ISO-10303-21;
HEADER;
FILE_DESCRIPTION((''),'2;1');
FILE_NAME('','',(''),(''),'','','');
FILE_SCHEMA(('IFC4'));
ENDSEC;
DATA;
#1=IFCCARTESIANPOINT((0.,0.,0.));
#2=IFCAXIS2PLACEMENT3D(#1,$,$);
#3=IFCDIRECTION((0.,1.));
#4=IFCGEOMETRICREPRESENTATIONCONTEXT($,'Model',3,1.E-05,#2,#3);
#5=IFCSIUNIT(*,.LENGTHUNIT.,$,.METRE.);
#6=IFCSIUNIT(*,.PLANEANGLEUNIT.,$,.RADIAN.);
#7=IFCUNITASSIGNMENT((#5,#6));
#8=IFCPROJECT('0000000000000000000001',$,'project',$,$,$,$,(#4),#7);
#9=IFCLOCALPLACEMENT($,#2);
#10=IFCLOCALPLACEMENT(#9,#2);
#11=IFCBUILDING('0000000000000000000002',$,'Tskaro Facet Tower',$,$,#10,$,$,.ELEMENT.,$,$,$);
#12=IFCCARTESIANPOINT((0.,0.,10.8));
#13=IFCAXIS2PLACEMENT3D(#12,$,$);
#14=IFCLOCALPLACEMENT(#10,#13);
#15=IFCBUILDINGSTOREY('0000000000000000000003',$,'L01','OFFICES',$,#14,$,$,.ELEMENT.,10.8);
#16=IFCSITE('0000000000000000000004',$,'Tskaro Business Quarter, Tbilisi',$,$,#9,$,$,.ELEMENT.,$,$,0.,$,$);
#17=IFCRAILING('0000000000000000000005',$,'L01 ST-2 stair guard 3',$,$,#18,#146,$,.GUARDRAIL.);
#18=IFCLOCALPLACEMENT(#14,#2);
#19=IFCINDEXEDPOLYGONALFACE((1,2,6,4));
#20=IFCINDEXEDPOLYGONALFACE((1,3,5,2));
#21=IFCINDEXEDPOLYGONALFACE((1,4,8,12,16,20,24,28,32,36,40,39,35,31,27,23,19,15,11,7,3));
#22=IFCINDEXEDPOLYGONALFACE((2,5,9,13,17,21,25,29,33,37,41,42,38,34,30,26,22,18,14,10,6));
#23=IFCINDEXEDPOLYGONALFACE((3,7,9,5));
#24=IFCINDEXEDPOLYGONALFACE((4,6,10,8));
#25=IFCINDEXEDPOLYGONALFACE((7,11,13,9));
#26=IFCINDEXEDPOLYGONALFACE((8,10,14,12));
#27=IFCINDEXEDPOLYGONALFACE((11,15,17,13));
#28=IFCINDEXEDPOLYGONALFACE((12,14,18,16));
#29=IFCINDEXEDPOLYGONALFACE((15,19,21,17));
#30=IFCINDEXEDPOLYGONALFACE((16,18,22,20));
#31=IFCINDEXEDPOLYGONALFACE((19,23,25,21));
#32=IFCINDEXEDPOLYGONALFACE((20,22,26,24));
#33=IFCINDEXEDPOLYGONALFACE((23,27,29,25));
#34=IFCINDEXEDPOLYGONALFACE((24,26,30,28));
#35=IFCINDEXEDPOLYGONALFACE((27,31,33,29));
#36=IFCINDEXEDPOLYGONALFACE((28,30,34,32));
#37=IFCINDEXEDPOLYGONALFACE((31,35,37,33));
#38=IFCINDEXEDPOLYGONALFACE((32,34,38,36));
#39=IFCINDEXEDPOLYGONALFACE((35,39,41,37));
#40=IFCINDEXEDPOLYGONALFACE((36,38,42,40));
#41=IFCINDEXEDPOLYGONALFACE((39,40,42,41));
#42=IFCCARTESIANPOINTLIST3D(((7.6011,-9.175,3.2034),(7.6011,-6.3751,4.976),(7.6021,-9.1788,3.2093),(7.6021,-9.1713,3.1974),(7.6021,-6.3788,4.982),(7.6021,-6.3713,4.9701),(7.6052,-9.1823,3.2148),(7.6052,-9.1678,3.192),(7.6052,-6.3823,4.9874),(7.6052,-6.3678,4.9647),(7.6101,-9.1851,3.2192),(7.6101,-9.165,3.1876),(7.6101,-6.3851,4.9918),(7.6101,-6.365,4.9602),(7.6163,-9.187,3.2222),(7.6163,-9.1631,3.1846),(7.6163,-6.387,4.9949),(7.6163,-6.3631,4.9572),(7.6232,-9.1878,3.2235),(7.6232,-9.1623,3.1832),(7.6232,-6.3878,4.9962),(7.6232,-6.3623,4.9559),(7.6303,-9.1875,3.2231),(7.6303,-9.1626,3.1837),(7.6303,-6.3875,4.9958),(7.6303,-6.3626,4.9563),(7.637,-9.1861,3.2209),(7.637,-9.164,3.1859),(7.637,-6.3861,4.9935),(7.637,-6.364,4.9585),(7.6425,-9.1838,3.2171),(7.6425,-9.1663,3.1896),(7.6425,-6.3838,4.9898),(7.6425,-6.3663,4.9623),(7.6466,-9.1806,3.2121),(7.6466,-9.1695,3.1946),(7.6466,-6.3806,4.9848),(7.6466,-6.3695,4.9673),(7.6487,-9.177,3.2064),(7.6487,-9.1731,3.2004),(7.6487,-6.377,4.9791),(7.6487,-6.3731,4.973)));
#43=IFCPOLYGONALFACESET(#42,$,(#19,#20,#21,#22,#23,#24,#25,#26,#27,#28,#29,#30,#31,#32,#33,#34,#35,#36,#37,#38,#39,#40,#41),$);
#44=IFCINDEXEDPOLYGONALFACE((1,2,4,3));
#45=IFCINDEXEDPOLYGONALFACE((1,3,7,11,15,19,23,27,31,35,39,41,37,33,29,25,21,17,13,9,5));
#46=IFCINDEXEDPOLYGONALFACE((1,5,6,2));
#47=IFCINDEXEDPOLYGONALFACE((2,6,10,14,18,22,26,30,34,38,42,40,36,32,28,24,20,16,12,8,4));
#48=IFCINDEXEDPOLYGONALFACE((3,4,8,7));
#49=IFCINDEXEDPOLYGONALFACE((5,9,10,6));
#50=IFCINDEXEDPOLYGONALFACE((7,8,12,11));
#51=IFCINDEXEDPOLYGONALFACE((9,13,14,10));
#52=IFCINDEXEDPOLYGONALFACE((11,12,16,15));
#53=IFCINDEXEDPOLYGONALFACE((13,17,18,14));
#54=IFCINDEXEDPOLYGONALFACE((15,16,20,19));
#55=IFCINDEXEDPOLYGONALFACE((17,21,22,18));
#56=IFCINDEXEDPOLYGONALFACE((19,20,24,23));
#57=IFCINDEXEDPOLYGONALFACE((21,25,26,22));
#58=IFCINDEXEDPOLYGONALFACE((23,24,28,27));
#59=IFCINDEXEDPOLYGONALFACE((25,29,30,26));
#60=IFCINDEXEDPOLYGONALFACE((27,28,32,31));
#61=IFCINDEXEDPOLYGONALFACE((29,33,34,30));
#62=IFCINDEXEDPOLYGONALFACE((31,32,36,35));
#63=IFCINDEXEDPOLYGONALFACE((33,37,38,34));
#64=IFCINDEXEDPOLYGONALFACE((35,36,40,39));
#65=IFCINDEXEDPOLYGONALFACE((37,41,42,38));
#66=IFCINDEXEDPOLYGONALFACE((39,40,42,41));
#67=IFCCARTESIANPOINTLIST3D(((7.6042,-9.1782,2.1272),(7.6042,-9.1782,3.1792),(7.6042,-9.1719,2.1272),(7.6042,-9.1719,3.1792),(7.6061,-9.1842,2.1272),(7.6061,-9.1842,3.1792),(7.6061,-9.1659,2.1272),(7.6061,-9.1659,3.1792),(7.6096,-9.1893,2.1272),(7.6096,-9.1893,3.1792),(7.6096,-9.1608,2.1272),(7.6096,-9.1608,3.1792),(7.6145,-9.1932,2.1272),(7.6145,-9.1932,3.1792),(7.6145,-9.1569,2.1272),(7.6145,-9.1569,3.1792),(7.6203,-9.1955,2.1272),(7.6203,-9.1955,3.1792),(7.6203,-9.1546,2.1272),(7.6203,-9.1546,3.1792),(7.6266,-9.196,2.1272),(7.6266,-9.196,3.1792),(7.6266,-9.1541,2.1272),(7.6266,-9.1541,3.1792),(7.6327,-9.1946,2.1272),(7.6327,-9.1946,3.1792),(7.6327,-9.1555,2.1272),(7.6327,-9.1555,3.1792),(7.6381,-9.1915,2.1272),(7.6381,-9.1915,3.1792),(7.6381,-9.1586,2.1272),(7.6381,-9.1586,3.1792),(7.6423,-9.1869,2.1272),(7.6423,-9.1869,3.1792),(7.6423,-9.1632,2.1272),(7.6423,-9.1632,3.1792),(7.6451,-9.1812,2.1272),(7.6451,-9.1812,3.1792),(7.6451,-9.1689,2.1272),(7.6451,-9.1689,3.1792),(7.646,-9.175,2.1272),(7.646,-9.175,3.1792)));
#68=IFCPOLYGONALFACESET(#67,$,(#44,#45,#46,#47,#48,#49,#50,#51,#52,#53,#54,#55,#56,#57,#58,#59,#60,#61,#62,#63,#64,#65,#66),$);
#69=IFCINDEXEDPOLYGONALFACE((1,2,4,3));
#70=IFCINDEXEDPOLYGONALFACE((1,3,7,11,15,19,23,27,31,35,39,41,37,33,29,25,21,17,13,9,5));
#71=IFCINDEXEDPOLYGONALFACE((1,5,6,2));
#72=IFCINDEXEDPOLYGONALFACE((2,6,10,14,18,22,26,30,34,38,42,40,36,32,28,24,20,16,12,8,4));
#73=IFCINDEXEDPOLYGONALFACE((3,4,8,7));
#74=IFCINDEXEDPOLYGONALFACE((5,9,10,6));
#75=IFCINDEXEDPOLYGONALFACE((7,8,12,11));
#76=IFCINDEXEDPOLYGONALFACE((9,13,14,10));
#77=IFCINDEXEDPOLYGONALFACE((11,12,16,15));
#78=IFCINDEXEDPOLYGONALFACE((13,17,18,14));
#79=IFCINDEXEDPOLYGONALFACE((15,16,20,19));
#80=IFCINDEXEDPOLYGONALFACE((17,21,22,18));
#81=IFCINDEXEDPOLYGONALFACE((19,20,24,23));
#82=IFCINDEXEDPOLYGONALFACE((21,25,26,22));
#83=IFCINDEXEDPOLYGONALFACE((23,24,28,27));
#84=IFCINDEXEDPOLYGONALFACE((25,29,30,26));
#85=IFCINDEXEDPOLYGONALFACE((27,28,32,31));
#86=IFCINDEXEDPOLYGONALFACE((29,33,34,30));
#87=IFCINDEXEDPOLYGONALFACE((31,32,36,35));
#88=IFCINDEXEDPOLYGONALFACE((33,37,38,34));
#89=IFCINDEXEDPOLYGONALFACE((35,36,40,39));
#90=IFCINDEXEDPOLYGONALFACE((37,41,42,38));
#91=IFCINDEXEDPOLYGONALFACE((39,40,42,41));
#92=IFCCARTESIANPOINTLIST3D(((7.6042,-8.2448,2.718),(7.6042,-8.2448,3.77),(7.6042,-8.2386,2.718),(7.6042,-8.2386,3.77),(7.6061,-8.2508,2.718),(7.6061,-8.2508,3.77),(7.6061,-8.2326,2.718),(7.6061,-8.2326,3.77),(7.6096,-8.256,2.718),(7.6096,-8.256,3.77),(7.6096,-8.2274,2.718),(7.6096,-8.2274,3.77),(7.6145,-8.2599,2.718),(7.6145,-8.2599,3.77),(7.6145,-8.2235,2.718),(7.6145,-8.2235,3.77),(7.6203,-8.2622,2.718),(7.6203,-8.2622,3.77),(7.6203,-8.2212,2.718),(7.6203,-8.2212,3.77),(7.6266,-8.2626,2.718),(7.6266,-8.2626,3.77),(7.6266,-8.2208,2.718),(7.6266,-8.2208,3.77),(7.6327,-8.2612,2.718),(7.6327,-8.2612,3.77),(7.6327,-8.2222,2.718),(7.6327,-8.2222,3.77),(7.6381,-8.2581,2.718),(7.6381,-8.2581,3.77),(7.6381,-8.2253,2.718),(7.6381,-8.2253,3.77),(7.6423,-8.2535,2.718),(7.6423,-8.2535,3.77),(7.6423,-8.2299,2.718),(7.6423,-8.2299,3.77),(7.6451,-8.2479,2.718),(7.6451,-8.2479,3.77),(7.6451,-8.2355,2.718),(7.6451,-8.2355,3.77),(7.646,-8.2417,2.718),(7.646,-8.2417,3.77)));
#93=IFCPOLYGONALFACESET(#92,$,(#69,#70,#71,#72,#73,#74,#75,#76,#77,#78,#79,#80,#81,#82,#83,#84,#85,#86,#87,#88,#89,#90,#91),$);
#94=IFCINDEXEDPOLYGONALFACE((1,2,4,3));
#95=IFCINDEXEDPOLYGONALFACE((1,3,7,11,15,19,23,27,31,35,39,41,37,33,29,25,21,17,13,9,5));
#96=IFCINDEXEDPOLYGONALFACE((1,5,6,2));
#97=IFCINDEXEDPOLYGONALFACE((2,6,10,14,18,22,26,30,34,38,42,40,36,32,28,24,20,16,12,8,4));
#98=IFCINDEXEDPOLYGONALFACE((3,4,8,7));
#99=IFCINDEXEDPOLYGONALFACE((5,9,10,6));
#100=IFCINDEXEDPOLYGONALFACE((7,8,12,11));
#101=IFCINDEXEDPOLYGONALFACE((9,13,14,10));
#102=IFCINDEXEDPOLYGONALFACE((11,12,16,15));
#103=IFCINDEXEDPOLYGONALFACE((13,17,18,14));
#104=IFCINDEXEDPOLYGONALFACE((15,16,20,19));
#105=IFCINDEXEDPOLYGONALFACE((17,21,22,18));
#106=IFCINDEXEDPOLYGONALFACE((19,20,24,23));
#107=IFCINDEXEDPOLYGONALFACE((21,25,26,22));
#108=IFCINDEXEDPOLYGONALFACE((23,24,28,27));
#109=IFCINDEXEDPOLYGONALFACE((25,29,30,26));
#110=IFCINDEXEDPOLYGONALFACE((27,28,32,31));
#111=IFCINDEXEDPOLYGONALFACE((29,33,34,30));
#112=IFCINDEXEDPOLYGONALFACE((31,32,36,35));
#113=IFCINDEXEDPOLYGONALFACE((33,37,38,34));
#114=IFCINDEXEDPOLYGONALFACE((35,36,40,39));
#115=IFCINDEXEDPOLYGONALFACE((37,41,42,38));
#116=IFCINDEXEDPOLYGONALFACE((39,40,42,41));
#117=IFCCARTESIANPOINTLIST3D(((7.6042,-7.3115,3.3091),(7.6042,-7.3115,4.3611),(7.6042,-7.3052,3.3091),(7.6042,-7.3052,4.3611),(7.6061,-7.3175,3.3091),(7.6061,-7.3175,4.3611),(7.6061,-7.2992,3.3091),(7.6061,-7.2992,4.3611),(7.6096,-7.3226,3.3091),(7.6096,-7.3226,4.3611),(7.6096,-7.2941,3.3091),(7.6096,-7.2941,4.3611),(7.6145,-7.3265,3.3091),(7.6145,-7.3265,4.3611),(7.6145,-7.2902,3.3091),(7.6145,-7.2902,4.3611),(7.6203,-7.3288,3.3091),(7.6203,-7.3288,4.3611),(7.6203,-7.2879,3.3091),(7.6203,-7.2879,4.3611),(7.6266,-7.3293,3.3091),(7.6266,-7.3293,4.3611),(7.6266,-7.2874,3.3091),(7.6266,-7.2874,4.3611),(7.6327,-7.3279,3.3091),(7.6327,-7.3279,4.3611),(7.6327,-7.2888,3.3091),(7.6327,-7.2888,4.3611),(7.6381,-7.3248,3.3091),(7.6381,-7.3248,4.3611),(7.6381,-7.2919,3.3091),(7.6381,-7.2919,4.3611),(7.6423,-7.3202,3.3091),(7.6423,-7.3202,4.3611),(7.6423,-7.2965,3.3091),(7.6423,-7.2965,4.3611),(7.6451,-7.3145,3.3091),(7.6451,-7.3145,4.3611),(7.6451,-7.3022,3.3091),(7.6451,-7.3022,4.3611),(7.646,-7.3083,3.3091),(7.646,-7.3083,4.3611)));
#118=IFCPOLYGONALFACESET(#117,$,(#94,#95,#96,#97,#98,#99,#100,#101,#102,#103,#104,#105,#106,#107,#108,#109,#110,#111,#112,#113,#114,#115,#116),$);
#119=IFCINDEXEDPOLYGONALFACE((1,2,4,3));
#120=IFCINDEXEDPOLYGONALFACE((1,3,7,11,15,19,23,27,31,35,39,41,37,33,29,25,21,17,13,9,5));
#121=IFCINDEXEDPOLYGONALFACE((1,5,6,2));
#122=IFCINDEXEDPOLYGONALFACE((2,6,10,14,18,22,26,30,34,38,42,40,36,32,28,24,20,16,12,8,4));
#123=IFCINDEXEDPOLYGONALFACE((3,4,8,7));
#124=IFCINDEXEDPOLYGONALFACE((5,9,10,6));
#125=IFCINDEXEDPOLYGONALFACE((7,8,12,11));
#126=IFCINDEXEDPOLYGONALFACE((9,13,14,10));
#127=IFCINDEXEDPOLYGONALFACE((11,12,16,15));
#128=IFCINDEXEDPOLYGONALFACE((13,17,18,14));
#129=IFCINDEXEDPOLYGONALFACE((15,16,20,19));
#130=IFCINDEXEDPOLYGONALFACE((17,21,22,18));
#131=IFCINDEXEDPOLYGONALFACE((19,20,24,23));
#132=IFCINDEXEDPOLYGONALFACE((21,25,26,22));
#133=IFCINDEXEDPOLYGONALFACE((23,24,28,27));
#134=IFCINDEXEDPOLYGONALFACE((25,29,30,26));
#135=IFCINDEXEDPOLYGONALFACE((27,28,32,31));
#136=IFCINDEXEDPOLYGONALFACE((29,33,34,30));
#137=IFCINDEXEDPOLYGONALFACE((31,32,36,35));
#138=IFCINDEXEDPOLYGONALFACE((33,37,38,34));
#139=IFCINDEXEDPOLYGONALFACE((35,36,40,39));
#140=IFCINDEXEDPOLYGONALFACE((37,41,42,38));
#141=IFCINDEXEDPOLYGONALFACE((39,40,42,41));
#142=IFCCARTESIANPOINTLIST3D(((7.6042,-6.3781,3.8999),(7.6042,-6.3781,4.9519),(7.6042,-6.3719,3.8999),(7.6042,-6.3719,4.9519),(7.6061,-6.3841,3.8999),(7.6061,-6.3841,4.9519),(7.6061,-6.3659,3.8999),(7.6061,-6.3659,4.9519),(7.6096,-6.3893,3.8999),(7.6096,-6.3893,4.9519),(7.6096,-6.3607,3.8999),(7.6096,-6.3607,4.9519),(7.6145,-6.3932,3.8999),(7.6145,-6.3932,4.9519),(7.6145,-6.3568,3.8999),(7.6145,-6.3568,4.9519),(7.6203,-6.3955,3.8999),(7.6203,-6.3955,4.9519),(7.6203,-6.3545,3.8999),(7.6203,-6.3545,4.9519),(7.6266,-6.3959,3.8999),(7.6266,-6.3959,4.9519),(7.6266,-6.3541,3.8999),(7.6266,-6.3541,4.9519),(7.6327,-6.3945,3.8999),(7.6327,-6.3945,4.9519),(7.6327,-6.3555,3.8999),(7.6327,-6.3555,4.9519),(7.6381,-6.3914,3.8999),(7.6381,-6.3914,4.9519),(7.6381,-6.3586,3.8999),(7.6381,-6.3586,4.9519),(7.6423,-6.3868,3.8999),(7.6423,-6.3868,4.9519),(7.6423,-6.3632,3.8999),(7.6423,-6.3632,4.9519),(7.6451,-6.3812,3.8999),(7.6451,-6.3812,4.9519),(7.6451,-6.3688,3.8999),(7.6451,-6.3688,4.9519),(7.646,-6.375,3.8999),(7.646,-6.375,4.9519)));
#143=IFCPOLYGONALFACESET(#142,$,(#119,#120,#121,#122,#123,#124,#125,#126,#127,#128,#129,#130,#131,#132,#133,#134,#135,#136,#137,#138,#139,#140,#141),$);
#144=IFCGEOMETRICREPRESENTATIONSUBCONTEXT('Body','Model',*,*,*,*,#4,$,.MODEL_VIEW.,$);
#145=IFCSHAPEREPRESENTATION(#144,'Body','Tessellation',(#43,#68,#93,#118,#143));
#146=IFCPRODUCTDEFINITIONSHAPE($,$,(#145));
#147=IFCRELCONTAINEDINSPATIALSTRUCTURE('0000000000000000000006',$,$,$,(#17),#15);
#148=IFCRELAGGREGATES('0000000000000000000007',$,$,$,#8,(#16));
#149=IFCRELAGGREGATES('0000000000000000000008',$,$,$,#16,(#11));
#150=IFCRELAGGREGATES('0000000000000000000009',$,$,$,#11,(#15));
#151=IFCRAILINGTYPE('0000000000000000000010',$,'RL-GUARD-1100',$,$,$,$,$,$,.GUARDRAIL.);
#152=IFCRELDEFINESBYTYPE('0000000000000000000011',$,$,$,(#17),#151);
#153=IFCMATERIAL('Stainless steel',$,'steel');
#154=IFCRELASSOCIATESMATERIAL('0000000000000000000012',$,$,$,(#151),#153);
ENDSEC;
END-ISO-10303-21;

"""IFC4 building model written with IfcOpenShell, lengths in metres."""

from ifc_helpers import new_model, si_unit, direction, frame, origin, origin_2d, place, context, subcontext, project, spatial, circle, extrude, material, type_object, element, save


model = new_model("IFC4")

# Units and contexts
model_context = context("Model", 3, precision=1e-05, world=origin(), true_north=direction((0.0, 1.0)))
body_context = subcontext(model_context, "Body", "Model", "MODEL_VIEW")
ifc_project = project(units=[si_unit("LENGTHUNIT", "METRE"), si_unit("PLANEANGLEUNIT", "RADIAN")], contexts=[model_context])

# Site, building, storey
site_placement = place(None, origin())
site = spatial("IfcSite", under=ifc_project, at=site_placement, Name="Tskaro Business Quarter, Tbilisi", CompositionType="ELEMENT", RefElevation=0.0)
building_placement = place(site_placement, origin())
building = spatial("IfcBuilding", under=site, at=building_placement, Name="Tskaro Facet Tower", CompositionType="ELEMENT")
storey_placement = place(building_placement, frame((0.0, 0.0, 10.8)))
storey = spatial("IfcBuildingStorey", under=building, at=storey_placement, Name="L01", Description="OFFICES", CompositionType="ELEMENT", Elevation=10.8)

# Railing
ifc_material_1 = material(Name="Stainless steel", Category="steel")
railing_type_1 = type_object("IfcRailingType", Name="RL-GUARD-1100", PredefinedType="GUARDRAIL", material=ifc_material_1)
railing_1_placement = place(storey_placement, frame((7.625, -9.175, 2.1272)))
element("IfcRailing", 1, at=railing_1_placement, inside=storey, type_object=railing_type_1, Name="L01 ST-2 stair guard 3", PredefinedType="GUARDRAIL", context=body_context, shape_type="SweptSolid", body=[
    extrude(circle(Radius=0.0239, at=origin_2d()), frame((0.0, 0.0, 1.0762), z_axis=(0.0, 0.844909, 0.53491), x_axis=(-1.0, 0.0, 0.0)), (0.0, 0.0, 1.0), 3.314),
    extrude(circle(Radius=0.021, at=origin_2d()), origin(), (0.0, 0.0, 1.0), 1.052),
    extrude(circle(Radius=0.021, at=origin_2d()), frame((0.0, 0.9333, 0.5908)), (0.0, 0.0, 1.0), 1.052),
    extrude(circle(Radius=0.021, at=origin_2d()), frame((0.0, 1.8667, 1.1819)), (0.0, 0.0, 1.0), 1.052),
    extrude(circle(Radius=0.021, at=origin_2d()), frame((0.0, 2.8, 1.7727)), (0.0, 0.0, 1.0), 1.052),
])

save(model, "model.ifc")
